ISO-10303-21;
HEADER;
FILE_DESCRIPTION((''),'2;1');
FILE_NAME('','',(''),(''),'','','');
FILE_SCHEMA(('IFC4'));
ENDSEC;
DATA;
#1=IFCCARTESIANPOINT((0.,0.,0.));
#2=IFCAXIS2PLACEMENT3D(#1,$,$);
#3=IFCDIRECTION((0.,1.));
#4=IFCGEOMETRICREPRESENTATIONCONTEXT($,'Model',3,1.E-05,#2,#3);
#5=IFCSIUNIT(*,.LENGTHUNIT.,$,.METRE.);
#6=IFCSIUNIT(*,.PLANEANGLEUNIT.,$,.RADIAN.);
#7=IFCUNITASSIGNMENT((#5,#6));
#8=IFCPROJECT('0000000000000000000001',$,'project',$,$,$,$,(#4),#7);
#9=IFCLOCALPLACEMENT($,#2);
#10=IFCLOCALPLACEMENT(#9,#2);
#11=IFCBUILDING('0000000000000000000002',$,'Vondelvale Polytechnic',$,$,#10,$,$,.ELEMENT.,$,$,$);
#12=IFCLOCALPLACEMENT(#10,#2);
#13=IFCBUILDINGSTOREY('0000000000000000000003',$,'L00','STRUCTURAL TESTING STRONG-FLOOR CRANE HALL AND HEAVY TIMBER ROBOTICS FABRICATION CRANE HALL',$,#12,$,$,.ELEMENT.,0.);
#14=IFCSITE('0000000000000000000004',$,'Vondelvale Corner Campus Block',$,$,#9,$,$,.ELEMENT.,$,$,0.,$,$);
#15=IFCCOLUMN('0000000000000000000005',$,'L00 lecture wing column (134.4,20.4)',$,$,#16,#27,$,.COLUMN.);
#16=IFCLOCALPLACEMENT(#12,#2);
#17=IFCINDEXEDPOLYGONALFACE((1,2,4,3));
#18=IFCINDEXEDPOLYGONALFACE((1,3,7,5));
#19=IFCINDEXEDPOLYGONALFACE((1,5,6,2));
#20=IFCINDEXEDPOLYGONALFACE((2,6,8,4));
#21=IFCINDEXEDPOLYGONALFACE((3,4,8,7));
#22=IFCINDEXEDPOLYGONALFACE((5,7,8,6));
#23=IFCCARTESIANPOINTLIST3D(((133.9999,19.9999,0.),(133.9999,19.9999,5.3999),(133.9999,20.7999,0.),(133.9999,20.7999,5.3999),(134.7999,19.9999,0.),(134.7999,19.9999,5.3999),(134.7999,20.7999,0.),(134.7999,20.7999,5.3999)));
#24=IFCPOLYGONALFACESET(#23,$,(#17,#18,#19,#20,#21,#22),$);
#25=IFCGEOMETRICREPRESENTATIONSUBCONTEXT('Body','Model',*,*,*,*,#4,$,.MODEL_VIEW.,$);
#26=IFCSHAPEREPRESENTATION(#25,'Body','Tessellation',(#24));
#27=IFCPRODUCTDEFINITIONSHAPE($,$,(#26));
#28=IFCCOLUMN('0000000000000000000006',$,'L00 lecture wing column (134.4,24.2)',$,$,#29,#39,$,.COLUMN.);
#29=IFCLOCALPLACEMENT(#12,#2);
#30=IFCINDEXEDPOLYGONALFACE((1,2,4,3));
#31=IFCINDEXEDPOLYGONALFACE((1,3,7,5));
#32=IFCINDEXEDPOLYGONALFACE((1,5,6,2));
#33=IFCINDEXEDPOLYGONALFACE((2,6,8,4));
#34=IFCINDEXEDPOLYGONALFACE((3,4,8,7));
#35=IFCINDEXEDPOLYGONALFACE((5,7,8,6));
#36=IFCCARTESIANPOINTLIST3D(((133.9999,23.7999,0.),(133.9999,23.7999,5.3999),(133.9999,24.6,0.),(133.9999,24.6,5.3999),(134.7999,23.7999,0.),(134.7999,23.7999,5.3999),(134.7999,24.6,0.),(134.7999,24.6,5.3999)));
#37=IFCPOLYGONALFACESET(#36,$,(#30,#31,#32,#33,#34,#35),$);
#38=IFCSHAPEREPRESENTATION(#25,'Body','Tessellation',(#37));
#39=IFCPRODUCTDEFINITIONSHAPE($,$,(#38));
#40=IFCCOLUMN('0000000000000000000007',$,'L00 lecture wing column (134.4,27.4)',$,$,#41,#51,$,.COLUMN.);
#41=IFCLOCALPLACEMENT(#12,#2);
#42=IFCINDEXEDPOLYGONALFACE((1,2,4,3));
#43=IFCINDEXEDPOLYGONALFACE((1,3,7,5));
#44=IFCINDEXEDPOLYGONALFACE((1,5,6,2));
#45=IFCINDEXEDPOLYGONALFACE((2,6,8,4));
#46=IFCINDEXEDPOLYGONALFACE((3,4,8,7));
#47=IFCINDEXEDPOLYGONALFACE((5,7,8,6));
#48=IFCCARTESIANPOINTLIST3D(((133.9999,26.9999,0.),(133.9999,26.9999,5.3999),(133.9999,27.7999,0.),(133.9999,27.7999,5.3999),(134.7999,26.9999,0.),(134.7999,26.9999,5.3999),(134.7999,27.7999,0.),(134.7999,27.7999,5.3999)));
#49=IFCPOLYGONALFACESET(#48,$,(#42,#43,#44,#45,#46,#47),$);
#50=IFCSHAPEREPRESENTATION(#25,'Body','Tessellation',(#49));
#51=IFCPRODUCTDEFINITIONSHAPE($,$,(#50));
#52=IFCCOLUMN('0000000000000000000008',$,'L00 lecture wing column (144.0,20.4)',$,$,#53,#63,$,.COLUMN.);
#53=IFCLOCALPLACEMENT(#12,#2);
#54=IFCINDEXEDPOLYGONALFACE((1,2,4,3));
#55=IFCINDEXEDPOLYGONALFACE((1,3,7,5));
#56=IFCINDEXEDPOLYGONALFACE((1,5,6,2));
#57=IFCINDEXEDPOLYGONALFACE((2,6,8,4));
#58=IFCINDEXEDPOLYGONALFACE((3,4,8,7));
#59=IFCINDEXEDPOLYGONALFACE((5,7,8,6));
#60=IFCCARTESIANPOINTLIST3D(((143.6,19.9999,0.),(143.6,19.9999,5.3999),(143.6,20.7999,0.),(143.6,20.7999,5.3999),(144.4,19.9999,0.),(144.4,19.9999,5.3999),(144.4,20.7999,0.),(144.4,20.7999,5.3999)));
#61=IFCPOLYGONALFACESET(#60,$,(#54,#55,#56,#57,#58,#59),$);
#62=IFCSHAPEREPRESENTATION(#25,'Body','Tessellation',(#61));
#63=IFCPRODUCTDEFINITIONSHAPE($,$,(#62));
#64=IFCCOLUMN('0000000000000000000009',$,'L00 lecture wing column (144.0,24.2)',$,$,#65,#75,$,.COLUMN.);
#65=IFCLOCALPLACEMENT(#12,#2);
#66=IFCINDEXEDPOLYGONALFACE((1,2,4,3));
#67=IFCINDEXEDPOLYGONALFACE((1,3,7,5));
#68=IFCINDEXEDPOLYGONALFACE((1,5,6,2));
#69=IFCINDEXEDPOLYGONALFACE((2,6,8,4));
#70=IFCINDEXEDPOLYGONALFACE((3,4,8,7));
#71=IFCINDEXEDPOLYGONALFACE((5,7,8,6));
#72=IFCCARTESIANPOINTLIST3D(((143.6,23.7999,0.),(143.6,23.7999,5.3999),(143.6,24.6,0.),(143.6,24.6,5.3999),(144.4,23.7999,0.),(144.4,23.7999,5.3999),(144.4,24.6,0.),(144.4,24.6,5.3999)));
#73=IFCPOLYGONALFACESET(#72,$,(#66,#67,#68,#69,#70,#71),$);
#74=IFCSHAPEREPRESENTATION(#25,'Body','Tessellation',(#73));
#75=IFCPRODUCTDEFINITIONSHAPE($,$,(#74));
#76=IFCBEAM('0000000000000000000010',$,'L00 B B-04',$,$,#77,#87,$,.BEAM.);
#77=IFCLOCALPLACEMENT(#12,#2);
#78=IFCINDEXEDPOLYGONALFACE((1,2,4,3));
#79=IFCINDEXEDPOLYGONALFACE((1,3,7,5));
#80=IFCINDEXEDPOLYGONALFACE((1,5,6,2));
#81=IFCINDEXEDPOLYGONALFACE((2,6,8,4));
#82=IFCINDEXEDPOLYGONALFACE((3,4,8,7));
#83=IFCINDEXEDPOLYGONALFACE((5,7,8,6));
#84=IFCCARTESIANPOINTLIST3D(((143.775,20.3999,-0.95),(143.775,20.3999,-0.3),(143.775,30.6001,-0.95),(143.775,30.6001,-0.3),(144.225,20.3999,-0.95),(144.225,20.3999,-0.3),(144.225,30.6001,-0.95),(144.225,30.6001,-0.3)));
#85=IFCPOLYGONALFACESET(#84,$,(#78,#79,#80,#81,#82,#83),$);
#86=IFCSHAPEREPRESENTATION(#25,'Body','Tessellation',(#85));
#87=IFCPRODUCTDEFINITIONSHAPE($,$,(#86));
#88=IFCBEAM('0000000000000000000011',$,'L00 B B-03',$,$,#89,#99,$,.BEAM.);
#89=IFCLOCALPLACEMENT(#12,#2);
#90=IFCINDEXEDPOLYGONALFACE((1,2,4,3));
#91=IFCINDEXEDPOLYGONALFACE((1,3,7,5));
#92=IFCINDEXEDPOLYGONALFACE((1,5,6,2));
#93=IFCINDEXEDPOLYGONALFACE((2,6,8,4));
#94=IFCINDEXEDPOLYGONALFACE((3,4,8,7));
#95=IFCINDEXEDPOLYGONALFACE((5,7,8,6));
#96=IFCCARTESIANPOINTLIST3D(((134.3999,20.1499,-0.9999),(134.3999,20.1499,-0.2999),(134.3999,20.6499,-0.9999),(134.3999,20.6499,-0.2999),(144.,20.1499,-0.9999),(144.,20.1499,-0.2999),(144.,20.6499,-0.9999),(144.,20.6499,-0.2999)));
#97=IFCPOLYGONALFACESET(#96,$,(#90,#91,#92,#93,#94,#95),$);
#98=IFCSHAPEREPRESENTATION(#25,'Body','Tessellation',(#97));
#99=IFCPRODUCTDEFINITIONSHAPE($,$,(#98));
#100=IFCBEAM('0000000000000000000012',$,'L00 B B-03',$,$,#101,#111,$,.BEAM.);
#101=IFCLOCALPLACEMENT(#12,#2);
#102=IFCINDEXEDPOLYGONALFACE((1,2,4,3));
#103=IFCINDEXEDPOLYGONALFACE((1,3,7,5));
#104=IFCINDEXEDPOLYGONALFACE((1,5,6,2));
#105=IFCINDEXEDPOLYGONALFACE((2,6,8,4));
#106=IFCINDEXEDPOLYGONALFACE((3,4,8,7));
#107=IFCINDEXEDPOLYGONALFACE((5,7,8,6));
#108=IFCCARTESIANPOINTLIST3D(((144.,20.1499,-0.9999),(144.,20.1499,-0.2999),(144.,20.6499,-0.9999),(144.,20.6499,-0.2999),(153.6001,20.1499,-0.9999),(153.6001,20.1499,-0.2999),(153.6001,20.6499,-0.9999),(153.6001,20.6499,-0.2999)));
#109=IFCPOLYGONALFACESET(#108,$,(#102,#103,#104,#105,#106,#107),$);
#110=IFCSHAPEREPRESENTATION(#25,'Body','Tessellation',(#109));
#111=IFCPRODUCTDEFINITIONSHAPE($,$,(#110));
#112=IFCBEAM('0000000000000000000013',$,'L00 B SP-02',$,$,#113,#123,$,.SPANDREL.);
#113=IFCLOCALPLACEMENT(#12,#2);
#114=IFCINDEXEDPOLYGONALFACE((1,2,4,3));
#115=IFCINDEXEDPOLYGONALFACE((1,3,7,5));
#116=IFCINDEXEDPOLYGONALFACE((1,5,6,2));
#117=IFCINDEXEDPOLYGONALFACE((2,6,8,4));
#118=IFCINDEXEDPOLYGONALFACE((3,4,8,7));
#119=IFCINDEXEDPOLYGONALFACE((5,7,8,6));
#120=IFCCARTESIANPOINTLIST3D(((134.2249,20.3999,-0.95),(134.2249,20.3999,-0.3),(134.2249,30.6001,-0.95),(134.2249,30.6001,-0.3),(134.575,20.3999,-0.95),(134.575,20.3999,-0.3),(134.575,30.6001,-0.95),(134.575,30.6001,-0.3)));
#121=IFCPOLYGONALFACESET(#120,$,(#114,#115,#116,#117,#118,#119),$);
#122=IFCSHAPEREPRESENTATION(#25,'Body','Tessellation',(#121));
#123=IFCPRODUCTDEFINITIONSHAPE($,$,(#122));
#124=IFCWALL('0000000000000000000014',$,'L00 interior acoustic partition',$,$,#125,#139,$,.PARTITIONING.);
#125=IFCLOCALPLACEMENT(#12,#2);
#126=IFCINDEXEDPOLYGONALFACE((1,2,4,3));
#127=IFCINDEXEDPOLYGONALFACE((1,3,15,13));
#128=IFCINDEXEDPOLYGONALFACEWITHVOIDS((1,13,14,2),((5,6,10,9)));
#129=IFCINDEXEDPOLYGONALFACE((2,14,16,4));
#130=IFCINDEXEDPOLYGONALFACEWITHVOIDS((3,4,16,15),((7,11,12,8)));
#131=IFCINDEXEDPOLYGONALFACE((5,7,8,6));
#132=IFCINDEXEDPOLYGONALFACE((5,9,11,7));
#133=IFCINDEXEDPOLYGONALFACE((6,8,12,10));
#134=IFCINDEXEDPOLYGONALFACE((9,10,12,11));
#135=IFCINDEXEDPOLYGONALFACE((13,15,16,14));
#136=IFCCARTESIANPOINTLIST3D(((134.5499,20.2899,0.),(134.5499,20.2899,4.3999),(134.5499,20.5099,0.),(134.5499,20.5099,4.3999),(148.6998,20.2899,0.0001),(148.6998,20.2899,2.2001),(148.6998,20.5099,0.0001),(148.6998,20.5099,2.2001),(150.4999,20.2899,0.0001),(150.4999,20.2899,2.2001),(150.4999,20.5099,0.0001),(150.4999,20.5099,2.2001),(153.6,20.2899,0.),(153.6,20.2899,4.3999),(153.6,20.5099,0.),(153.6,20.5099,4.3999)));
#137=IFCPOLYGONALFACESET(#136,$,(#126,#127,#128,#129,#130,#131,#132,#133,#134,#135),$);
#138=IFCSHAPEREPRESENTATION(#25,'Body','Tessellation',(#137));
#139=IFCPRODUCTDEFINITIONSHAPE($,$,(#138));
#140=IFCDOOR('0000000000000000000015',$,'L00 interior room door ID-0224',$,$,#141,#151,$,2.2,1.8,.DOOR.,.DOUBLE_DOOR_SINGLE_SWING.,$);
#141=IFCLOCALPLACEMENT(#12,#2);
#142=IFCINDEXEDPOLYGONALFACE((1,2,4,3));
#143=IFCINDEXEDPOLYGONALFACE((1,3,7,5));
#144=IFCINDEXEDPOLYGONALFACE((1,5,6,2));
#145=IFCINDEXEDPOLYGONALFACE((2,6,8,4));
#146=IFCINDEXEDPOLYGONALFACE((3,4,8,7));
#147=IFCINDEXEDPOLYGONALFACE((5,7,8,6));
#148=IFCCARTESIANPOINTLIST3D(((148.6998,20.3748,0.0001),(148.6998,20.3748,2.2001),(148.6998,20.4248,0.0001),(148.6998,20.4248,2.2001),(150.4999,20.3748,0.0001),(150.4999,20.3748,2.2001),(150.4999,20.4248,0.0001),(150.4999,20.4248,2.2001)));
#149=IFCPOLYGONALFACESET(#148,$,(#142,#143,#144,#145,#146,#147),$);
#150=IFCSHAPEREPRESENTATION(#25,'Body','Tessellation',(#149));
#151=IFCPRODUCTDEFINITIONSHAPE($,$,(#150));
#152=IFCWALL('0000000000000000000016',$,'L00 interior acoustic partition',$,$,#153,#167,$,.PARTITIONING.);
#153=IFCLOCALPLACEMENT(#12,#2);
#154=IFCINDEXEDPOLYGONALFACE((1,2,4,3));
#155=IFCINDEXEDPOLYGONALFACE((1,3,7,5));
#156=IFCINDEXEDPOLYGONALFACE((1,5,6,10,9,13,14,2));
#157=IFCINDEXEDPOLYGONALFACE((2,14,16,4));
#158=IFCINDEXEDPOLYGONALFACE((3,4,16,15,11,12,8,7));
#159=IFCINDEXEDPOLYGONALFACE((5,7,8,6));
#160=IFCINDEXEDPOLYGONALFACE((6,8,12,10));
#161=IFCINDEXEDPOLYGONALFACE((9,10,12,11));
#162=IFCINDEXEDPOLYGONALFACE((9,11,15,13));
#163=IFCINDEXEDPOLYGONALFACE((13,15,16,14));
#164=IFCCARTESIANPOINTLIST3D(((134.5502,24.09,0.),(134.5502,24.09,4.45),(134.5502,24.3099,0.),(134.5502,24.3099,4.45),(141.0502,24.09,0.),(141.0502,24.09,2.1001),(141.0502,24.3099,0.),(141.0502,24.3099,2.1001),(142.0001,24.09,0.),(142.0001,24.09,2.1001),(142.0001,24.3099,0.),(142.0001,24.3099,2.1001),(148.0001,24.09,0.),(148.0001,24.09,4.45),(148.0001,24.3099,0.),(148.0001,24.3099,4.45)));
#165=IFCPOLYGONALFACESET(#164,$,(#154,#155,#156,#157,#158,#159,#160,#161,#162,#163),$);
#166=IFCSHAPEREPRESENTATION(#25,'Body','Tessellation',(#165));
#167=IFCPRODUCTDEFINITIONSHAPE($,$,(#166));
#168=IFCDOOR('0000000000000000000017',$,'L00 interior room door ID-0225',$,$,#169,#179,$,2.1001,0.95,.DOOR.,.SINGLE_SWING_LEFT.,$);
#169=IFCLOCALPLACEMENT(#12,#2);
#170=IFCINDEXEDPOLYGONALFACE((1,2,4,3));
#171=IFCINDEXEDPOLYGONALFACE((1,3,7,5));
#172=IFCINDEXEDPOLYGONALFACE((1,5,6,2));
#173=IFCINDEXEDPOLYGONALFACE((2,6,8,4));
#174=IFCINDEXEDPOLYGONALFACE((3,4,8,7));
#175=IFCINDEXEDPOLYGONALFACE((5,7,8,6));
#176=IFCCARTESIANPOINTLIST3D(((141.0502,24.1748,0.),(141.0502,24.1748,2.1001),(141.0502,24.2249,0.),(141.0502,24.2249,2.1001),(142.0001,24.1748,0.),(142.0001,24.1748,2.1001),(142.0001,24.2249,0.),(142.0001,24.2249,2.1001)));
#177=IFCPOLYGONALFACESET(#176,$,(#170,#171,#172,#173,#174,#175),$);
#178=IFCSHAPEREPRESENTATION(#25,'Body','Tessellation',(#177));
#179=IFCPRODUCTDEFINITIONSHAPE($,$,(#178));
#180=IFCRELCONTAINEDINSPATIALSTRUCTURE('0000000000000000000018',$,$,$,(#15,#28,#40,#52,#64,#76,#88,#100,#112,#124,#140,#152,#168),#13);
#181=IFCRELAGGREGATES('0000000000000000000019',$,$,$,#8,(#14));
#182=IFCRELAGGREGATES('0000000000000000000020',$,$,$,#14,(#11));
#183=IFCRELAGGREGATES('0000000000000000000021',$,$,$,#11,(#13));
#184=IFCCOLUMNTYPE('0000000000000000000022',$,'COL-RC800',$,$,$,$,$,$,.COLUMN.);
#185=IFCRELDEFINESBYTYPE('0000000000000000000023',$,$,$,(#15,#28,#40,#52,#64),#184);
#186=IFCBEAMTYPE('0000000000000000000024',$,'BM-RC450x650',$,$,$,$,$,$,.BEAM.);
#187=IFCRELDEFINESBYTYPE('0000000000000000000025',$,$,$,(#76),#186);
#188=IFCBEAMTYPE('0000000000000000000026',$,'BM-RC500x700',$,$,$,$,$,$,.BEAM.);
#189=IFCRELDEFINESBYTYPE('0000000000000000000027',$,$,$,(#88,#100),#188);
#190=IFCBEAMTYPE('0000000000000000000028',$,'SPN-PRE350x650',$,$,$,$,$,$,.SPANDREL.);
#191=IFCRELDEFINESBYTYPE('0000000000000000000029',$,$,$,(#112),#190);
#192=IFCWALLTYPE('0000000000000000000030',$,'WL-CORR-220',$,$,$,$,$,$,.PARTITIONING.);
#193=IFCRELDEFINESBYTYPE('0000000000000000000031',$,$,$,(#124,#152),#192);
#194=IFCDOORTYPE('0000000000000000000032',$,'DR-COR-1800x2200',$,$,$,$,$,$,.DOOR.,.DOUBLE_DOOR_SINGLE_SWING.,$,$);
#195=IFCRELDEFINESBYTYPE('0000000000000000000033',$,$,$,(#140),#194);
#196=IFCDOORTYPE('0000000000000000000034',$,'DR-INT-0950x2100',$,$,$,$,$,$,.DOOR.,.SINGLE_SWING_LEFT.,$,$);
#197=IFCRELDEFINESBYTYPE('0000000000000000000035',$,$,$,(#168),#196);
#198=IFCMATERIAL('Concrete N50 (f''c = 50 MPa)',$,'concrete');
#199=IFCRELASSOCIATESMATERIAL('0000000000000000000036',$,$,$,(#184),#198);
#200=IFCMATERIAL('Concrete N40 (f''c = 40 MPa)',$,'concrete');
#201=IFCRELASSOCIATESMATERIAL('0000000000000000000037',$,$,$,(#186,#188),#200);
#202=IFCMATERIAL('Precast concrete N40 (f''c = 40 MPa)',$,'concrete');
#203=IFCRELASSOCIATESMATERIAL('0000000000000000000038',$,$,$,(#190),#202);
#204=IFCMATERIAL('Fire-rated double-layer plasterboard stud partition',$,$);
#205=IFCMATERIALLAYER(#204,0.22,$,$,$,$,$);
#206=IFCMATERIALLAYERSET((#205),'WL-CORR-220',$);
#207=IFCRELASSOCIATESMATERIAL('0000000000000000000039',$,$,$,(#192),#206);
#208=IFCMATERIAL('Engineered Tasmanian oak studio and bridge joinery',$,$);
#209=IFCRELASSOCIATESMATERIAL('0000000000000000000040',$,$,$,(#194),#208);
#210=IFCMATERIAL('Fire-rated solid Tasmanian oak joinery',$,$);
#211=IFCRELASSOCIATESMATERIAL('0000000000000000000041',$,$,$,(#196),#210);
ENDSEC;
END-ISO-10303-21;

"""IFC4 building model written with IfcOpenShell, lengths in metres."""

from ifc_helpers import new_model, si_unit, direction, frame, frame_2d, origin, origin_2d, place, context, subcontext, project, spatial, rectangle, extrude, material, layer, layer_set, material_profile, profile_set, type_object, element, fill, save


model = new_model("IFC4")

# Units and contexts
model_context = context("Model", 3, precision=1e-05, world=origin(), true_north=direction((0.0, 1.0)))
body_context = subcontext(model_context, "Body", "Model", "MODEL_VIEW")
ifc_project = project(units=[si_unit("LENGTHUNIT", "METRE"), si_unit("PLANEANGLEUNIT", "RADIAN")], contexts=[model_context])

# Site, building, storey
site_placement = place(None, origin())
site = spatial("IfcSite", under=ifc_project, at=site_placement, Name="Vondelvale Corner Campus Block", CompositionType="ELEMENT", RefElevation=0.0)
building_placement = place(site_placement, origin())
building = spatial("IfcBuilding", under=site, at=building_placement, Name="Vondelvale Polytechnic", CompositionType="ELEMENT")
storey_placement = place(building_placement, origin())
storey = spatial("IfcBuildingStorey", under=building, at=storey_placement, Name="L00", Description="STRUCTURAL TESTING STRONG-FLOOR CRANE HALL AND HEAVY TIMBER ROBOTICS FABRICATION CRANE HALL", CompositionType="ELEMENT", Elevation=0.0)

# Columns
ifc_material_1 = material(Name="Concrete N50 (f'c = 50 MPa)", Category="concrete")
ifc_material_profile_1 = material_profile(ifc_material_1, rectangle(XDim=0.8, YDim=0.8, at=origin_2d()), Name="RC-COL-800x800")
ifc_profile_set_1 = profile_set([ifc_material_profile_1], Name="Concrete N50 (f'c = 50 MPa)")
column_type = type_object("IfcColumnType", Name="COL-RC800", PredefinedType="COLUMN", material=ifc_profile_set_1)
for number, where, z_axis, x_axis, name in (
    (1, (134.3999, 20.3999, 0.0), (0.0, 0.0, 1.0), (1.0, 0.0, 0.0), "L00 lecture wing column (134.4,20.4)"),
    (2, (134.3999, 24.2, 0.0), (0.0, 0.0, 1.0), (1.0, 0.0, 0.0), "L00 lecture wing column (134.4,24.2)"),
    (3, (134.3999, 27.3999, 0.0), (0.0, 0.0, 1.0), (1.0, 0.0, 0.0), "L00 lecture wing column (134.4,27.4)"),
    (4, (144.0, 20.3999, 0.0), (0.0, 0.0, 1.0), (1.0, 0.0, 0.0), "L00 lecture wing column (144.0,20.4)"),
    (5, (144.0, 24.2, 0.0), (0.0, 0.0, 1.0), (1.0, 0.0, 0.0), "L00 lecture wing column (144.0,24.2)"),
):
    element("IfcColumn", number, at=place(storey_placement, frame(where, z_axis=z_axis, x_axis=x_axis)), inside=storey, type_object=column_type, Name=name, PredefinedType="COLUMN", context=body_context, shape_type="SweptSolid", body=[
        extrude(rectangle(XDim=0.8, YDim=0.8, at=origin_2d()), origin(), (0.0, 0.0, 1.0), 5.3999),
    ])

# Beams
ifc_material_2 = material(Name="Concrete N40 (f'c = 40 MPa)", Category="concrete")
ifc_material_profile_2 = material_profile(ifc_material_2, rectangle(XDim=0.45, YDim=0.6499, at=origin_2d()), Name="RC-BM-450x650")
ifc_profile_set_2 = profile_set([ifc_material_profile_2], Name="Concrete N40 (f'c = 40 MPa)")
beam_type_1 = type_object("IfcBeamType", Name="BM-RC450x650", PredefinedType="BEAM", material=ifc_profile_set_2)
beam_1_placement = place(storey_placement, frame((144.0, 20.3999, -0.625), z_axis=(0.0, 1.0, 0.0), x_axis=(-1.0, 0.0, 0.0)))
element("IfcBeam", 6, at=beam_1_placement, inside=storey, type_object=beam_type_1, Name="L00 B B-04", PredefinedType="BEAM", context=body_context, shape_type="SweptSolid", body=[
    extrude(rectangle(XDim=0.45, YDim=0.6499, at=origin_2d()), origin(), (0.0, 0.0, 1.0), 10.2002),
])
ifc_material_profile_3 = material_profile(ifc_material_2, rectangle(XDim=0.5, YDim=0.7, at=origin_2d()), Name="RC-BM-500x700")
ifc_profile_set_3 = profile_set([ifc_material_profile_3], Name="Concrete N40 (f'c = 40 MPa)")
beam_type_2 = type_object("IfcBeamType", Name="BM-RC500x700", PredefinedType="BEAM", material=ifc_profile_set_3)
for number, where, z_axis, x_axis, name in (
    (7, (134.3999, 20.3999, -0.6499), (1.0, 0.0, 0.0), (0.0, 1.0, 0.0), "L00 B B-03"),
    (8, (144.0, 20.3999, -0.6499), (1.0, 0.0, 0.0), (0.0, 1.0, 0.0), "L00 B B-03"),
):
    element("IfcBeam", number, at=place(storey_placement, frame(where, z_axis=z_axis, x_axis=x_axis)), inside=storey, type_object=beam_type_2, Name=name, PredefinedType="BEAM", context=body_context, shape_type="SweptSolid", body=[
        extrude(rectangle(XDim=0.5, YDim=0.7, at=origin_2d()), origin(), (0.0, 0.0, 1.0), 9.6001),
    ])
ifc_material_3 = material(Name="Precast concrete N40 (f'c = 40 MPa)", Category="concrete")
ifc_material_profile_4 = material_profile(ifc_material_3, rectangle(XDim=0.3501, YDim=0.6499, at=origin_2d()), Name="RC-SPN-350x650")
ifc_profile_set_4 = profile_set([ifc_material_profile_4], Name="Precast concrete N40 (f'c = 40 MPa)")
beam_type_3 = type_object("IfcBeamType", Name="SPN-PRE350x650", PredefinedType="SPANDREL", material=ifc_profile_set_4)
beam_2_placement = place(storey_placement, frame((134.3999, 20.3999, -0.625), z_axis=(0.0, 1.0, 0.0), x_axis=(-1.0, 0.0, 0.0)))
element("IfcBeam", 9, at=beam_2_placement, inside=storey, type_object=beam_type_3, Name="L00 B SP-02", PredefinedType="SPANDREL", context=body_context, shape_type="SweptSolid", body=[
    extrude(rectangle(XDim=0.3501, YDim=0.6499, at=origin_2d()), origin(), (0.0, 0.0, 1.0), 10.2002),
])

# Walls, openings, doors
ifc_material_4 = material(Name="Fire-rated double-layer plasterboard stud partition")
ifc_layer_1 = layer(ifc_material_4, 0.22)
ifc_layer_set_1 = layer_set([ifc_layer_1], Name="WL-CORR-220")
wall_type_1 = type_object("IfcWallType", Name="WL-CORR-220", PredefinedType="PARTITIONING", material=ifc_layer_set_1)
wall_1_placement = place(storey_placement, frame((134.55, 20.3999, 0.0), z_axis=(0.0, 0.0, 1.0), x_axis=(1.0, 0.0, 0.0)))
wall_1 = element("IfcWall", 10, at=wall_1_placement, inside=storey, type_object=wall_type_1, Name="L00 interior acoustic partition", PredefinedType="PARTITIONING", context=body_context, shape_type="SweptSolid", body=[
    extrude(rectangle(XDim=19.05, YDim=0.22, at=frame_2d((9.5249, 0.0))), origin(), (0.0, 0.0, 1.0), 4.3999),
])
opening_1_placement = place(wall_1_placement, frame((14.1499, 0.0, 0.0)))
opening_1 = element("IfcOpeningElement", 11, at=opening_1_placement, cuts=wall_1, PredefinedType="OPENING", context=body_context, shape_type="SweptSolid", body=[
    extrude(rectangle(XDim=1.8, YDim=2.2, at=frame_2d((0.8999, 1.1001))), frame((0.0, 0.1199, 0.0), z_axis=(0.0, -1.0, 0.0), x_axis=(1.0, 0.0, 0.0)), (0.0, 0.0, 1.0), 0.24),
])
ifc_material_5 = material(Name="Engineered Tasmanian oak studio and bridge joinery")
door_type_1 = type_object("IfcDoorType", Name="DR-COR-1800x2200", OperationType="DOUBLE_DOOR_SINGLE_SWING", PredefinedType="DOOR", material=ifc_material_5)
door_1_placement = place(opening_1_placement, origin())
door_1 = element("IfcDoor", 12, at=door_1_placement, inside=storey, type_object=door_type_1, Name="L00 interior room door ID-0224", OperationType="DOUBLE_DOOR_SINGLE_SWING", OverallHeight=2.2, OverallWidth=1.8, PredefinedType="DOOR", context=body_context, shape_type="SweptSolid", body=[
    extrude(rectangle(XDim=1.8, YDim=2.2, at=frame_2d((0.8999, 1.1001))), frame((0.0, 0.0249, 0.0), z_axis=(0.0, -1.0, 0.0), x_axis=(1.0, 0.0, 0.0)), (0.0, 0.0, 1.0), 0.05),
])
fill(opening_1, door_1)
wall_2_placement = place(storey_placement, frame((134.55, 24.2, 0.0), z_axis=(0.0, 0.0, 1.0), x_axis=(1.0, 0.0, 0.0)))
wall_2 = element("IfcWall", 13, at=wall_2_placement, inside=storey, type_object=wall_type_1, Name="L00 interior acoustic partition", PredefinedType="PARTITIONING", context=body_context, shape_type="SweptSolid", body=[
    extrude(rectangle(XDim=13.45, YDim=0.22, at=frame_2d((6.7251, 0.0))), origin(), (0.0, 0.0, 1.0), 4.45),
])
opening_2_placement = place(wall_2_placement, frame((6.5, 0.0, 0.0)))
opening_2 = element("IfcOpeningElement", 14, at=opening_2_placement, cuts=wall_2, PredefinedType="OPENING", context=body_context, shape_type="SweptSolid", body=[
    extrude(rectangle(XDim=0.95, YDim=2.1001, at=frame_2d((0.4751, 1.05))), frame((0.0, 0.1199, 0.0), z_axis=(0.0, -1.0, 0.0), x_axis=(1.0, 0.0, 0.0)), (0.0, 0.0, 1.0), 0.24),
])
ifc_material_6 = material(Name="Fire-rated solid Tasmanian oak joinery")
door_type_2 = type_object("IfcDoorType", Name="DR-INT-0950x2100", OperationType="SINGLE_SWING_LEFT", PredefinedType="DOOR", material=ifc_material_6)
door_2_placement = place(opening_2_placement, origin())
door_2 = element("IfcDoor", 15, at=door_2_placement, inside=storey, type_object=door_type_2, Name="L00 interior room door ID-0225", OperationType="SINGLE_SWING_LEFT", OverallHeight=2.1001, OverallWidth=0.95, PredefinedType="DOOR", context=body_context, shape_type="SweptSolid", body=[
    extrude(rectangle(XDim=0.95, YDim=2.1001, at=frame_2d((0.4751, 1.05))), frame((0.0, 0.0249, 0.0), z_axis=(0.0, -1.0, 0.0), x_axis=(1.0, 0.0, 0.0)), (0.0, 0.0, 1.0), 0.05),
])
fill(opening_2, door_2)

save(model, "model.ifc")
